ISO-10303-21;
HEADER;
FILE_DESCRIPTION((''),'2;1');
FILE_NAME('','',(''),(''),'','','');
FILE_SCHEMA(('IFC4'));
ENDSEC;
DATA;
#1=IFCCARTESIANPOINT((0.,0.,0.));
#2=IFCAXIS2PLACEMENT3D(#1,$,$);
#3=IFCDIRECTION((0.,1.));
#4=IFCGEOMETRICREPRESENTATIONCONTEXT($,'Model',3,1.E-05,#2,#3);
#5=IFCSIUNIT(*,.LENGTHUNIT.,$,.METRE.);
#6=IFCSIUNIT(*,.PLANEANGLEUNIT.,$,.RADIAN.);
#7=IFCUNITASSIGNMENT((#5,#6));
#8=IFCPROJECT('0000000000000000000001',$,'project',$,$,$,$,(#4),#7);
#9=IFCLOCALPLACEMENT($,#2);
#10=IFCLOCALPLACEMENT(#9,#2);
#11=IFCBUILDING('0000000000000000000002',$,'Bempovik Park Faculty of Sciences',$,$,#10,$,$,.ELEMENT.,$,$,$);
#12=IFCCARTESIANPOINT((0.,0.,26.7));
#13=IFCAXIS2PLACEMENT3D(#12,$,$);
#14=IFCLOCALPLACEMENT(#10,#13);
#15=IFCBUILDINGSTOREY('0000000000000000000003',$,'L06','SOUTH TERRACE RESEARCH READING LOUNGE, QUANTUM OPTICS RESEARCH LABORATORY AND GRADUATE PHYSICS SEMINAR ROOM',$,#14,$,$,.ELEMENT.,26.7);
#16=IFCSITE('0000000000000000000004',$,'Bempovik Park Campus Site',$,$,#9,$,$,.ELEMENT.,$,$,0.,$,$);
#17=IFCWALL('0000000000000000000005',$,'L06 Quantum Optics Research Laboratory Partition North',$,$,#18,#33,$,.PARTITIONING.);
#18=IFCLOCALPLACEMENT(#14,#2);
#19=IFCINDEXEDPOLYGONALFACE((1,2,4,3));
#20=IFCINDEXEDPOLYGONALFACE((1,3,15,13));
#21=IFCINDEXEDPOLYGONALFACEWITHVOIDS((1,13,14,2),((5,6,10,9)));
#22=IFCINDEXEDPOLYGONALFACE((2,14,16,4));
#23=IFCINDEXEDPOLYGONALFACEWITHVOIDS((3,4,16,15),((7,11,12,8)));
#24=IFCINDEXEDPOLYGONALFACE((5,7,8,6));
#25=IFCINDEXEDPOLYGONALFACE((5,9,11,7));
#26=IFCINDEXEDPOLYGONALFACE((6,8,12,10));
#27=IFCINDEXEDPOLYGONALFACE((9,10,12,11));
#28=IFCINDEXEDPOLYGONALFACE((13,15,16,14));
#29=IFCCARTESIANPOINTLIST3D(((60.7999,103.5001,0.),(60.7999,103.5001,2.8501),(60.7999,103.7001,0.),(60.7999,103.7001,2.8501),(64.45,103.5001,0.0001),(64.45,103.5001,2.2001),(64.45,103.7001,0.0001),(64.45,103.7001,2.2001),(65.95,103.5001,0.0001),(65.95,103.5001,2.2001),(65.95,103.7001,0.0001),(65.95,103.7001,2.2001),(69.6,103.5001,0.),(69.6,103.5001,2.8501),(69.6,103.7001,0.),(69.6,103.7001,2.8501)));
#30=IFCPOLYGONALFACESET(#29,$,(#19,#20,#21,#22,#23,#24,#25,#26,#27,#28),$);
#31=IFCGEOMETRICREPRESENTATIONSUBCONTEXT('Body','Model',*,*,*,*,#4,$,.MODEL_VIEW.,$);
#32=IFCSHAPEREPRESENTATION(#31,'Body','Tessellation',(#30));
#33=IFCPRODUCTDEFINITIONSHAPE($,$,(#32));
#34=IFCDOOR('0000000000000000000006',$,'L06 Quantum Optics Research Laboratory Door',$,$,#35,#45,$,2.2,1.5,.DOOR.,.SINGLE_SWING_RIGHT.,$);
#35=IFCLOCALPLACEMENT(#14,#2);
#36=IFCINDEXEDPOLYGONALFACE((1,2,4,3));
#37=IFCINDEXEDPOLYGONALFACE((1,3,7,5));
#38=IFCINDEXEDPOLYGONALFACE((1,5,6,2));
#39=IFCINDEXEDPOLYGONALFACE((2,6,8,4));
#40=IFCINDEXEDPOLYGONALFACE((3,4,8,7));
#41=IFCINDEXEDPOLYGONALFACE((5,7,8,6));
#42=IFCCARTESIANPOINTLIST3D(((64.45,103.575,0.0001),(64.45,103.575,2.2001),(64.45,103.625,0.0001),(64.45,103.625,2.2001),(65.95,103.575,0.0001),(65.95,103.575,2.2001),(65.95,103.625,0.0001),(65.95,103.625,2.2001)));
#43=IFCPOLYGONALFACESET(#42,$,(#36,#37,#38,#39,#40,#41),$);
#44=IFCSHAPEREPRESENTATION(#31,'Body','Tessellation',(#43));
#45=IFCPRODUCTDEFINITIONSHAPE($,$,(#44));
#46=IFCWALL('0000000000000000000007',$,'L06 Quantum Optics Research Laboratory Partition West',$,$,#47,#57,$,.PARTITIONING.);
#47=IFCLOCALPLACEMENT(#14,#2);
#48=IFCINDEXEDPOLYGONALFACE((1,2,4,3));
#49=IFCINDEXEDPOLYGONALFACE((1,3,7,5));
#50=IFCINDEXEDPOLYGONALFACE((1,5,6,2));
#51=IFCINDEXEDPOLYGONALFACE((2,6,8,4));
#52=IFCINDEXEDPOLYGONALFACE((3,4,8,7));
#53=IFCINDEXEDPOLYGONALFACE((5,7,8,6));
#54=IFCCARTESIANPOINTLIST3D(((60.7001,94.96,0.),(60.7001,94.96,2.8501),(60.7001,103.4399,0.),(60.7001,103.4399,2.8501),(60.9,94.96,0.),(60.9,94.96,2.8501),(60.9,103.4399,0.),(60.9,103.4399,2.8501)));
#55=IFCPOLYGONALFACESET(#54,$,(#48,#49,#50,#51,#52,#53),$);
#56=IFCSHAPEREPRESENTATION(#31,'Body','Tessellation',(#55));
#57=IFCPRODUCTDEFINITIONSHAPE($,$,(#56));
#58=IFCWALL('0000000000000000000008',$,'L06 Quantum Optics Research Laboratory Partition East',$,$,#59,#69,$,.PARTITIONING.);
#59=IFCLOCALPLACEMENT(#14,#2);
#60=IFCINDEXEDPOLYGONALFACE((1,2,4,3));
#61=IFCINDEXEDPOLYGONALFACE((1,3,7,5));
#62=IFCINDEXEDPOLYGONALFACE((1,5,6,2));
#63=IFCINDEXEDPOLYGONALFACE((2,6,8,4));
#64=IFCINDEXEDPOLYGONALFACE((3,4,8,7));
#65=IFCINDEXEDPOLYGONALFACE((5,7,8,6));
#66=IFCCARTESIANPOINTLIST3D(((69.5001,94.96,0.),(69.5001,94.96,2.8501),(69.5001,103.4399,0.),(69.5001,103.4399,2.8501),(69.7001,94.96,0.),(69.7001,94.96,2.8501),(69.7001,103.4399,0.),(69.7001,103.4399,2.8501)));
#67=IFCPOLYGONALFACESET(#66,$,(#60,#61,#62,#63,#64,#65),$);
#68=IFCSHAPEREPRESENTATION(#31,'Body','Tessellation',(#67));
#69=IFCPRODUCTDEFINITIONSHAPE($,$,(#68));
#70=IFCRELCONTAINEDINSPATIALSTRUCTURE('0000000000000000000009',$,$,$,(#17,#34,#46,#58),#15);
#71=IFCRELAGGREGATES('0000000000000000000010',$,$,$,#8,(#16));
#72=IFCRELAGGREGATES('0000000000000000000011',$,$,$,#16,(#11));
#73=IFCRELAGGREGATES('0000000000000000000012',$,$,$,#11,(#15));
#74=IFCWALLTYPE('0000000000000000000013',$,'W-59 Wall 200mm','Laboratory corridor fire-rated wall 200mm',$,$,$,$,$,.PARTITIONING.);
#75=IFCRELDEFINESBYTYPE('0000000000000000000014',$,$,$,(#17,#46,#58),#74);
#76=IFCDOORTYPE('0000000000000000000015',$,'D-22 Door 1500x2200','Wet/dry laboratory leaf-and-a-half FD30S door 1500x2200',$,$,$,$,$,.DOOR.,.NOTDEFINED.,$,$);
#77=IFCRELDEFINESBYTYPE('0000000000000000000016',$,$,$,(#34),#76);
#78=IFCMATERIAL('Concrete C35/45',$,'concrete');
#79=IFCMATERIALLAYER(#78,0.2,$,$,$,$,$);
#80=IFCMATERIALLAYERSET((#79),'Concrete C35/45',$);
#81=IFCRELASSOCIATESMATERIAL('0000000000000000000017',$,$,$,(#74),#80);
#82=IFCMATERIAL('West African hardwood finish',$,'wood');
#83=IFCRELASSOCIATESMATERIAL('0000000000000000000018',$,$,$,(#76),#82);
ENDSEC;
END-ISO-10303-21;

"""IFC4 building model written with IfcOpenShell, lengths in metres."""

from ifc_helpers import new_model, si_unit, direction, frame, frame_2d, origin, place, context, subcontext, project, spatial, rectangle, extrude, material, layer, layer_set, type_object, element, fill, save


model = new_model("IFC4")

# Units and contexts
model_context = context("Model", 3, precision=1e-05, world=origin(), true_north=direction((0.0, 1.0)))
body_context = subcontext(model_context, "Body", "Model", "MODEL_VIEW")
ifc_project = project(units=[si_unit("LENGTHUNIT", "METRE"), si_unit("PLANEANGLEUNIT", "RADIAN")], contexts=[model_context])

# Site, building, storey
site_placement = place(None, origin())
site = spatial("IfcSite", under=ifc_project, at=site_placement, Name="Bempovik Park Campus Site", CompositionType="ELEMENT", RefElevation=0.0)
building_placement = place(site_placement, origin())
building = spatial("IfcBuilding", under=site, at=building_placement, Name="Bempovik Park Faculty of Sciences", CompositionType="ELEMENT")
storey_placement = place(building_placement, frame((0.0, 0.0, 26.7)))
storey = spatial("IfcBuildingStorey", under=building, at=storey_placement, Name="L06", Description="SOUTH TERRACE RESEARCH READING LOUNGE, QUANTUM OPTICS RESEARCH LABORATORY AND GRADUATE PHYSICS SEMINAR ROOM", CompositionType="ELEMENT", Elevation=26.7)

# Shared definitions
ifc_material_1 = material(Name="Concrete C35/45", Category="concrete")

# Shared definitions
ifc_layer_1 = layer(ifc_material_1, 0.2)
ifc_layer_set_1 = layer_set([ifc_layer_1], Name="Concrete C35/45")
wall_type_1 = type_object("IfcWallType", Name="W-59 Wall 200mm", Description="Laboratory corridor fire-rated wall 200mm", PredefinedType="PARTITIONING", material=ifc_layer_set_1)

# Wall, opening, door
wall_1_placement = place(storey_placement, frame((60.8, 103.6001, 0.0), z_axis=(0.0, 0.0, 1.0), x_axis=(1.0, 0.0, 0.0)))
wall_1 = element("IfcWall", 1, at=wall_1_placement, inside=storey, type_object=wall_type_1, Name="L06 Quantum Optics Research Laboratory Partition North", PredefinedType="PARTITIONING", context=body_context, shape_type="SweptSolid", body=[
    extrude(rectangle(XDim=8.8, YDim=0.2, at=frame_2d((4.3999, 0.0))), origin(), (0.0, 0.0, 1.0), 2.8501),
])
opening_1_placement = place(wall_1_placement, frame((3.6499, 0.0, 0.0)))
opening_1 = element("IfcOpeningElement", 2, at=opening_1_placement, cuts=wall_1, PredefinedType="OPENING", context=body_context, shape_type="SweptSolid", body=[
    extrude(rectangle(XDim=1.5, YDim=2.2, at=frame_2d((0.75, 1.1001))), frame((0.0, 0.1099, 0.0), z_axis=(0.0, -1.0, 0.0), x_axis=(1.0, 0.0, 0.0)), (0.0, 0.0, 1.0), 0.22),
])
ifc_material_2 = material(Name="West African hardwood finish", Category="wood")
door_type_1 = type_object("IfcDoorType", Name="D-22 Door 1500x2200", Description="Wet/dry laboratory leaf-and-a-half FD30S door 1500x2200", OperationType="NOTDEFINED", PredefinedType="DOOR", material=ifc_material_2)
door_1_placement = place(opening_1_placement, origin())
door_1 = element("IfcDoor", 3, at=door_1_placement, inside=storey, type_object=door_type_1, Name="L06 Quantum Optics Research Laboratory Door", OperationType="SINGLE_SWING_RIGHT", OverallHeight=2.2, OverallWidth=1.5, PredefinedType="DOOR", context=body_context, shape_type="SweptSolid", body=[
    extrude(rectangle(XDim=1.5, YDim=2.2, at=frame_2d((0.75, 1.1001))), frame((0.0, 0.0249, 0.0), z_axis=(0.0, -1.0, 0.0), x_axis=(1.0, 0.0, 0.0)), (0.0, 0.0, 1.0), 0.05),
])
fill(opening_1, door_1)

# Walls
for number, where, z_axis, x_axis, name in (
    (4, (60.8, 94.96, 0.0), (0.0, 0.0, 1.0), (0.0, 1.0, 0.0), "L06 Quantum Optics Research Laboratory Partition West"),
    (5, (69.6001, 94.96, 0.0), (0.0, 0.0, 1.0), (0.0, 1.0, 0.0), "L06 Quantum Optics Research Laboratory Partition East"),
):
    element("IfcWall", number, at=place(storey_placement, frame(where, z_axis=z_axis, x_axis=x_axis)), inside=storey, type_object=wall_type_1, Name=name, PredefinedType="PARTITIONING", context=body_context, shape_type="SweptSolid", body=[
        extrude(rectangle(XDim=8.48, YDim=0.2, at=frame_2d((4.24, 0.0))), origin(), (0.0, 0.0, 1.0), 2.8501),
    ])

save(model, "model.ifc")
